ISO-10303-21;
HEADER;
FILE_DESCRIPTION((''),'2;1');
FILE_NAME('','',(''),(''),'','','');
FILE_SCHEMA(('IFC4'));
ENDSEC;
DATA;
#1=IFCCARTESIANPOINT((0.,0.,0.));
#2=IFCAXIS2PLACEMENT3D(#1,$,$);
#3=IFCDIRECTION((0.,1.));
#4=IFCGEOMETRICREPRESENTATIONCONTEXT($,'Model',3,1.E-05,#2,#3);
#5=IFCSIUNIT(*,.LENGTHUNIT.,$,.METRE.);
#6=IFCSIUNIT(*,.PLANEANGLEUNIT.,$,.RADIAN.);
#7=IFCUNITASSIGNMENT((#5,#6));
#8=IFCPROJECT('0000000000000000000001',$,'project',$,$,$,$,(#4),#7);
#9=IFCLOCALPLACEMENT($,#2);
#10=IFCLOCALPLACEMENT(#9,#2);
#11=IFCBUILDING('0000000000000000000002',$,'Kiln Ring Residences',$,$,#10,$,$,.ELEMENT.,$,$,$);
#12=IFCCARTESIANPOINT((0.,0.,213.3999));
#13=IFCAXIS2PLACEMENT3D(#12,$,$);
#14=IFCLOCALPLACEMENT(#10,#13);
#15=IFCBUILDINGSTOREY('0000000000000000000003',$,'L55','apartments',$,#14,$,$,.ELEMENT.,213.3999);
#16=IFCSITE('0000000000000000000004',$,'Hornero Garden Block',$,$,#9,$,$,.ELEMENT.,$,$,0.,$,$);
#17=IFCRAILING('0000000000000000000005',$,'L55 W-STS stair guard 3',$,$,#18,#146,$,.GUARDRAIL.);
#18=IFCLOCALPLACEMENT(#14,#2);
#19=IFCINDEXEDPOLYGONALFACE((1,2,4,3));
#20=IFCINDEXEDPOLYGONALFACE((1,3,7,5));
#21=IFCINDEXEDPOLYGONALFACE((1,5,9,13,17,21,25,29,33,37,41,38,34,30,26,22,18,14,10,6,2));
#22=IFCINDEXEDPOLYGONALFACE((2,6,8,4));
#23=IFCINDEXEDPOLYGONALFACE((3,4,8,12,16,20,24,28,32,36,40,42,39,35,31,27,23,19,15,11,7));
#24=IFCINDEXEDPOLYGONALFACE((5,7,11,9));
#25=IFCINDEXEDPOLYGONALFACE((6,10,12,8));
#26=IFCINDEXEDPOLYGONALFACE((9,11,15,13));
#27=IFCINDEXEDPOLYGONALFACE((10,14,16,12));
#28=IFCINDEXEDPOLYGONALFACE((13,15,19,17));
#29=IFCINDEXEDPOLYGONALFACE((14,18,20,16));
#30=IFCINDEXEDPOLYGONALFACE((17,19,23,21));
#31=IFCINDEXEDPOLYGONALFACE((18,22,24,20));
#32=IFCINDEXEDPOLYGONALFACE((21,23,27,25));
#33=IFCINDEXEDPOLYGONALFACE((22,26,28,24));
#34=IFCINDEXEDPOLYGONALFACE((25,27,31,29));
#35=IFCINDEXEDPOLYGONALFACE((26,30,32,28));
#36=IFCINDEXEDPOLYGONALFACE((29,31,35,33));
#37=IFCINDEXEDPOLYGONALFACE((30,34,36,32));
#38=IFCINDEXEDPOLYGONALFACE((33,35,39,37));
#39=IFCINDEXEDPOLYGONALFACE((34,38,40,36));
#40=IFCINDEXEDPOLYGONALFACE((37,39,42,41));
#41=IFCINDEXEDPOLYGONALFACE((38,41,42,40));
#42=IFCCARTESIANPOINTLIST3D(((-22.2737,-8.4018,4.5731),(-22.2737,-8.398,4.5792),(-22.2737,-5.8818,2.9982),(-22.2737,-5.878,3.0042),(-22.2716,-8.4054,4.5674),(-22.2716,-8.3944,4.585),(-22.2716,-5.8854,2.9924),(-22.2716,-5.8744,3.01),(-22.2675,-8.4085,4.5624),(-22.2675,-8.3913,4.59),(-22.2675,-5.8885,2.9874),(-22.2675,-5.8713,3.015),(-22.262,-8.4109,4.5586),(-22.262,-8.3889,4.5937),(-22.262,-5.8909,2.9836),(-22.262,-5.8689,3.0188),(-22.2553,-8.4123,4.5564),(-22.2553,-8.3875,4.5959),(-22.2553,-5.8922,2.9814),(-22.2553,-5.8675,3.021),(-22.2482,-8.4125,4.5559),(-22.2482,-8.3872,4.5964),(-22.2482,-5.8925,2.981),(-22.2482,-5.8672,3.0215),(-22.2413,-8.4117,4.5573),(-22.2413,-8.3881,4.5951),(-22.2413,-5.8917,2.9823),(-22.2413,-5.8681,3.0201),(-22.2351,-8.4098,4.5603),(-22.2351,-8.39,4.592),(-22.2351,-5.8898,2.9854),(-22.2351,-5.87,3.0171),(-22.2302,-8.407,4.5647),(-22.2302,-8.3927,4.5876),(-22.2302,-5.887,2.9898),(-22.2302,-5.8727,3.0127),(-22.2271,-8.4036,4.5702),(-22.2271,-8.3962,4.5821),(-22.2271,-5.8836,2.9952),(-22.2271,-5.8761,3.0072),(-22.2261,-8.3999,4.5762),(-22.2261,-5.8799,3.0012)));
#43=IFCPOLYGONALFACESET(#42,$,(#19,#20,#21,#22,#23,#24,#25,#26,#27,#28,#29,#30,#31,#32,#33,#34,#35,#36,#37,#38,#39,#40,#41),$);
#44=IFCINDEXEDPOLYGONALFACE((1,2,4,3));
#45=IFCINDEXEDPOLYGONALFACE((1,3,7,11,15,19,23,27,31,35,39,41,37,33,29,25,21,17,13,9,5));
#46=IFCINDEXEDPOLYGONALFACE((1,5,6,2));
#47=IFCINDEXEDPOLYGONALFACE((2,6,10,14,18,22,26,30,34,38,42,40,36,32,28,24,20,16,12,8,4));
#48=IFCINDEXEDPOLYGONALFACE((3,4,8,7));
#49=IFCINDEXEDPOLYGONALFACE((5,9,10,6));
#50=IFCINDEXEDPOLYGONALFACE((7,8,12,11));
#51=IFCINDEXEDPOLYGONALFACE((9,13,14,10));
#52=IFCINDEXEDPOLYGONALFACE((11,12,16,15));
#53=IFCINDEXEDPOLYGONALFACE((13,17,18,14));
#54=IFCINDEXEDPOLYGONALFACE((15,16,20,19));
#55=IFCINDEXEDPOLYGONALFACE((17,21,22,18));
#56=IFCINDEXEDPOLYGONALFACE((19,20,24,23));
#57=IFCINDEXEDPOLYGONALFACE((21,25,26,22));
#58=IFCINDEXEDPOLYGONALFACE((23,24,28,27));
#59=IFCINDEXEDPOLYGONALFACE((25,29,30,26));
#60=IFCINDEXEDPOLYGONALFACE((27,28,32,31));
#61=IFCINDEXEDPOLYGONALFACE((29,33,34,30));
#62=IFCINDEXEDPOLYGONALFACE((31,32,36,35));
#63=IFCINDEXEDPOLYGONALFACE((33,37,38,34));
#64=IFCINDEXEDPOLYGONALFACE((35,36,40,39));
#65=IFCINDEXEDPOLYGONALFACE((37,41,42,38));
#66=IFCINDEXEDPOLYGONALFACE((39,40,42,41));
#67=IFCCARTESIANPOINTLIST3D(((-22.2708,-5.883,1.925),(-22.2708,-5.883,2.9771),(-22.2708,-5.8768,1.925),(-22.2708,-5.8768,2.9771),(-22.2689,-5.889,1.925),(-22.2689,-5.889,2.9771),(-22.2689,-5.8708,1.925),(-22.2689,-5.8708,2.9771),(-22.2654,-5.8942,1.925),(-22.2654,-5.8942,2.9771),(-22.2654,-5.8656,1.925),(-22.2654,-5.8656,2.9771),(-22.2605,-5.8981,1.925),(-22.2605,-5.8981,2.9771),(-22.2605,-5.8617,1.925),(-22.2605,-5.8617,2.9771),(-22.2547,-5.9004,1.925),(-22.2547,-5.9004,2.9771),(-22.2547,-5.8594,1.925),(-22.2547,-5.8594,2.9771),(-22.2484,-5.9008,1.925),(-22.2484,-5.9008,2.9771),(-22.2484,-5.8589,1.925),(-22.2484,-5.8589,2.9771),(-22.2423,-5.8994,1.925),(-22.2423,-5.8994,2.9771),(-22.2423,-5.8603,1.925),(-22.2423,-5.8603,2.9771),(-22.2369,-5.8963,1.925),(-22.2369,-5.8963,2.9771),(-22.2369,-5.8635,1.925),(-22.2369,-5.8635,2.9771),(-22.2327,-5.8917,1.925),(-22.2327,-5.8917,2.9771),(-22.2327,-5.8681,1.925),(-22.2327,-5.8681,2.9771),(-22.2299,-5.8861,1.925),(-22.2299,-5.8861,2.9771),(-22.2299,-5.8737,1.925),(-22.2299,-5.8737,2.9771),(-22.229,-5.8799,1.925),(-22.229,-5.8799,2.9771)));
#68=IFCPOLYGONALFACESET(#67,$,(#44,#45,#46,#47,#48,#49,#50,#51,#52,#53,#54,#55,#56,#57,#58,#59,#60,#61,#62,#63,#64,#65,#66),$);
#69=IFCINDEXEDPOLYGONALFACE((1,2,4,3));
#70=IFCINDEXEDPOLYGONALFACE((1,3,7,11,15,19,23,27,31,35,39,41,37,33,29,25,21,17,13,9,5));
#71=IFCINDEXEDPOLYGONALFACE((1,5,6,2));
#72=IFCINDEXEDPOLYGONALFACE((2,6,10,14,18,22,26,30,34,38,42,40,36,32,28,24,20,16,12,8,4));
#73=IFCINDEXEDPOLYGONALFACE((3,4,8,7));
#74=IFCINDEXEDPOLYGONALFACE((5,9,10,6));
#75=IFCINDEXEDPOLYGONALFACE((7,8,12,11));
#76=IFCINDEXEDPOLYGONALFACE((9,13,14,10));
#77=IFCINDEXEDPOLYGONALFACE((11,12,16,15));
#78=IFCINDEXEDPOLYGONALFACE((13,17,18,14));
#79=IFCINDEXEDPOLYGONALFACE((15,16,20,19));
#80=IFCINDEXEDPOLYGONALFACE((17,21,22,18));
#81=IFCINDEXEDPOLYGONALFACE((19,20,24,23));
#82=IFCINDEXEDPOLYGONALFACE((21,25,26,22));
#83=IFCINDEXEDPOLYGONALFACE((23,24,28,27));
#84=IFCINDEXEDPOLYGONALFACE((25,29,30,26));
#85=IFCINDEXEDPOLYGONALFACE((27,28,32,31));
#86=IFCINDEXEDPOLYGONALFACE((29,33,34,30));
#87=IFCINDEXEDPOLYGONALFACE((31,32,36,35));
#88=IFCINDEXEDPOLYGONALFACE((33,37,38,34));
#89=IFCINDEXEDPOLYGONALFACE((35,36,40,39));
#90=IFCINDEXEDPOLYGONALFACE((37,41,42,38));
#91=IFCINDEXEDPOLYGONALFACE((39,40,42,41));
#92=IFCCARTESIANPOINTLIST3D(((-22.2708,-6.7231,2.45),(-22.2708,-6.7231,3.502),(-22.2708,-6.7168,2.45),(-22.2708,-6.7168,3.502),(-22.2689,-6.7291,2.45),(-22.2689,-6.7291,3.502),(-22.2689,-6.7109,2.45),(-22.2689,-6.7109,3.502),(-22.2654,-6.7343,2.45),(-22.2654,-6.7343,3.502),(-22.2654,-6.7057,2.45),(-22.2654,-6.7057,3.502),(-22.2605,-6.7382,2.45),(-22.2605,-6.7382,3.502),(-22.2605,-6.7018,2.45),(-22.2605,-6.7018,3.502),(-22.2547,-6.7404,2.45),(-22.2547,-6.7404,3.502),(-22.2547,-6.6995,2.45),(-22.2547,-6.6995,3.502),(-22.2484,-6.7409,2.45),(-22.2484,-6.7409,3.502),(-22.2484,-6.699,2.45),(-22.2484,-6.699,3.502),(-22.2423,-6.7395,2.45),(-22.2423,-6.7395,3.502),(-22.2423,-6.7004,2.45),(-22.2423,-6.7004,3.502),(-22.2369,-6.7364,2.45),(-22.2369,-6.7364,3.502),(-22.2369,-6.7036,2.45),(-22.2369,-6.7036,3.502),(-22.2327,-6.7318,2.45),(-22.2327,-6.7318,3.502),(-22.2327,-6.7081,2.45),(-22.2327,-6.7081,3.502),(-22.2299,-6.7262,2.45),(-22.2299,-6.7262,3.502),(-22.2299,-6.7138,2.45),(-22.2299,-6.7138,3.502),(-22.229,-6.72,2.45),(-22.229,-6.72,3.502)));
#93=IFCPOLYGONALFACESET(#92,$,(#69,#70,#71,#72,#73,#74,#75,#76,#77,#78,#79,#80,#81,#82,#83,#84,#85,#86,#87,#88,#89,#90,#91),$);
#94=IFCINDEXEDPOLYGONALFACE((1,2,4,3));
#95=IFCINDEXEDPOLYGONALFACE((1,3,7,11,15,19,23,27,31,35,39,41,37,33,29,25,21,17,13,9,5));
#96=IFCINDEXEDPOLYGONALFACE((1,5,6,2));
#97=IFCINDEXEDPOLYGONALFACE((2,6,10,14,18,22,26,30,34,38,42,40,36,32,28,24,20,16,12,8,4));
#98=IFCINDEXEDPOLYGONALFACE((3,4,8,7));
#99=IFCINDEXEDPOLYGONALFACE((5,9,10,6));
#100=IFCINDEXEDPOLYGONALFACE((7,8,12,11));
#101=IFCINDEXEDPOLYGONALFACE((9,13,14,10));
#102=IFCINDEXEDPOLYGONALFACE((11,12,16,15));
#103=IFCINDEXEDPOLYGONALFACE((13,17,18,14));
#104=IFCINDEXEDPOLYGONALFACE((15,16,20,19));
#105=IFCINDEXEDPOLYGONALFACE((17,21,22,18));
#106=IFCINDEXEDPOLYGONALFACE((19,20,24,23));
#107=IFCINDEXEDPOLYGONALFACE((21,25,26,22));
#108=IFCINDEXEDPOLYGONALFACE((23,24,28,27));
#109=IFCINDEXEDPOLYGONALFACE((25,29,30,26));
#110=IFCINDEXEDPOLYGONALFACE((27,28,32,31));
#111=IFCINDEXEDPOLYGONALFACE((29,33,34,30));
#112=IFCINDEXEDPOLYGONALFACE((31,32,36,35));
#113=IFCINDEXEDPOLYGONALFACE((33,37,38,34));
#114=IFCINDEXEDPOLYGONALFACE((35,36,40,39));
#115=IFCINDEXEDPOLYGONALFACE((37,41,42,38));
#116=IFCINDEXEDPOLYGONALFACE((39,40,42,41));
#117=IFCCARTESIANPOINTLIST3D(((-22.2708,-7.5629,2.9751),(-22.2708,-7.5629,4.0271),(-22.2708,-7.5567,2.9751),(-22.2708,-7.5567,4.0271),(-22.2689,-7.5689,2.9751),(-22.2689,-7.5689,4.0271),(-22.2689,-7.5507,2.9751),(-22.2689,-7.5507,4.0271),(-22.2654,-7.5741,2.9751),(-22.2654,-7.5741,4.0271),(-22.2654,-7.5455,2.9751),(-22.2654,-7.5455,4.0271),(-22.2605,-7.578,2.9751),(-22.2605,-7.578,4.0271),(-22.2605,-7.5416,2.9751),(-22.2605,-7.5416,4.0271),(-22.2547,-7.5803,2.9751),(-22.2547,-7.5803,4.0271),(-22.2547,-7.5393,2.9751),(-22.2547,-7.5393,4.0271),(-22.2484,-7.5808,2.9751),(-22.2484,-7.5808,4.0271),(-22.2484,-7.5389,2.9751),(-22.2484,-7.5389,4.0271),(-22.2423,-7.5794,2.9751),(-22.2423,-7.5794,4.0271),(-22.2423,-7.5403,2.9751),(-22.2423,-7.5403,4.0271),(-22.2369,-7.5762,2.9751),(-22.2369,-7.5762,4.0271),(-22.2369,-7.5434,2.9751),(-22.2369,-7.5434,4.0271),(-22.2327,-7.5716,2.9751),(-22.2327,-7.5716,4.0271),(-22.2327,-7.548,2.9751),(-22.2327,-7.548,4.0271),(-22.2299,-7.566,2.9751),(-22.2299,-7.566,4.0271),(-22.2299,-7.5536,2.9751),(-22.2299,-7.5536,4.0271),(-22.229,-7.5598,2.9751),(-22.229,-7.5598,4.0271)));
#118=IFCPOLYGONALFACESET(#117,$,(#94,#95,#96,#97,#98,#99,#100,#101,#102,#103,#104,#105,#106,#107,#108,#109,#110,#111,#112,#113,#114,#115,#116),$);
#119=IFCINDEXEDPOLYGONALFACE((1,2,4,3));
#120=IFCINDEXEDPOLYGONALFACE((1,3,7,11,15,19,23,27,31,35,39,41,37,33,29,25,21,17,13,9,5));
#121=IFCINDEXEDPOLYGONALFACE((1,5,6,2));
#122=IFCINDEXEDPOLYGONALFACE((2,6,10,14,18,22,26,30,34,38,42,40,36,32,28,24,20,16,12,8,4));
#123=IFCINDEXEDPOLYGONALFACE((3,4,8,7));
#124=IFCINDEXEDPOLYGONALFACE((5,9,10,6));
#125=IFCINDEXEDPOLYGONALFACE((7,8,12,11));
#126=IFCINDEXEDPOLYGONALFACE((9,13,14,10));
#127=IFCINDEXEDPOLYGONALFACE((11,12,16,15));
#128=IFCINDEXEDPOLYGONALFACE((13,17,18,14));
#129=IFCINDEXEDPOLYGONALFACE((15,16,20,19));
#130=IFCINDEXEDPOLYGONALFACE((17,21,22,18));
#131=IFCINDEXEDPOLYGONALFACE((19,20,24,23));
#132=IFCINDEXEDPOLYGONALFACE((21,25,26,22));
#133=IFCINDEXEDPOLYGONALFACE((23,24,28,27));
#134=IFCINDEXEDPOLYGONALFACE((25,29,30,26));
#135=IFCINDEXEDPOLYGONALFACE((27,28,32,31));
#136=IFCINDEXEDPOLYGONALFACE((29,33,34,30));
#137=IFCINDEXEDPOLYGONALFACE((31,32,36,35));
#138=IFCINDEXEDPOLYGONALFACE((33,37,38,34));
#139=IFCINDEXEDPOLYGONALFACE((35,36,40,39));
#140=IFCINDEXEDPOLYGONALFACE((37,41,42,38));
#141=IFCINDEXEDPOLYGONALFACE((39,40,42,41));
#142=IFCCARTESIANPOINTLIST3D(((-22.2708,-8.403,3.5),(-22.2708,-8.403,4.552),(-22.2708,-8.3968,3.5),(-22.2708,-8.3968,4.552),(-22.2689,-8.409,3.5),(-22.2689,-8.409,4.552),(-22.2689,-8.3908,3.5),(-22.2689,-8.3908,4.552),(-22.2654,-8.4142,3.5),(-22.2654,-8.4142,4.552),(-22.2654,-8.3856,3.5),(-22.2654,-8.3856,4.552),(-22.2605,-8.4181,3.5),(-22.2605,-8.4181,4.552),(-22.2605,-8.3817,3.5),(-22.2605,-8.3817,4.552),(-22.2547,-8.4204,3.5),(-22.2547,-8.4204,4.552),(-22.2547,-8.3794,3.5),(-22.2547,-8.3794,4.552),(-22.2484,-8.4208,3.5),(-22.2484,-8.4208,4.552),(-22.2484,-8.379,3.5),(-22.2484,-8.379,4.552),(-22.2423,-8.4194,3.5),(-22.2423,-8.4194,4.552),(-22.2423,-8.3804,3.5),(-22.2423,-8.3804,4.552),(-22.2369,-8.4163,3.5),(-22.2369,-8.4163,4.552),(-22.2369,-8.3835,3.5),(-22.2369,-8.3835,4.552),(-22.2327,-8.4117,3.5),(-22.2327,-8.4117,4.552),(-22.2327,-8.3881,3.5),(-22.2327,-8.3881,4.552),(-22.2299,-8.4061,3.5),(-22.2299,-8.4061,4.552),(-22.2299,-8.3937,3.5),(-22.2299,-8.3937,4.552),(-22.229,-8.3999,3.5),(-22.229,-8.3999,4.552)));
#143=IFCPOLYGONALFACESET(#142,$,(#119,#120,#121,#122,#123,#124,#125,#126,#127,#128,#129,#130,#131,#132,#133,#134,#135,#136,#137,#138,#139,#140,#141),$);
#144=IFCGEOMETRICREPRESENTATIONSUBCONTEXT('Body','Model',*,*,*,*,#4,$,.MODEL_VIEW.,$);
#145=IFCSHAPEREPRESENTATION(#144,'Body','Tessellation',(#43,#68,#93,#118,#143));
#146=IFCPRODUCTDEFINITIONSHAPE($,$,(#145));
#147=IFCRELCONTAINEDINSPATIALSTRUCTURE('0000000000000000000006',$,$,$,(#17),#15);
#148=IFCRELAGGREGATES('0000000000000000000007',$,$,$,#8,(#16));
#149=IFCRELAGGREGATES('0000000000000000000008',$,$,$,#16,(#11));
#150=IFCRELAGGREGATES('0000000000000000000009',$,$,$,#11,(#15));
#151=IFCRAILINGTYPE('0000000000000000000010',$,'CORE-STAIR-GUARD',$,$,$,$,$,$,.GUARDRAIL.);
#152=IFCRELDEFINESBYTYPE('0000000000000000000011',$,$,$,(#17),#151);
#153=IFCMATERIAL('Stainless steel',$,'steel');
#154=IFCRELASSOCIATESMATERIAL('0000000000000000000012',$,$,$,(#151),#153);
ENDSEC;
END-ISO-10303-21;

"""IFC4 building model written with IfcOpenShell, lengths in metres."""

from ifc_helpers import new_model, si_unit, direction, frame, origin, origin_2d, place, context, subcontext, project, spatial, circle, extrude, material, type_object, element, save


model = new_model("IFC4")

# Units and contexts
model_context = context("Model", 3, precision=1e-05, world=origin(), true_north=direction((0.0, 1.0)))
body_context = subcontext(model_context, "Body", "Model", "MODEL_VIEW")
ifc_project = project(units=[si_unit("LENGTHUNIT", "METRE"), si_unit("PLANEANGLEUNIT", "RADIAN")], contexts=[model_context])

# Site, building, storey
site_placement = place(None, origin())
site = spatial("IfcSite", under=ifc_project, at=site_placement, Name="Hornero Garden Block", CompositionType="ELEMENT", RefElevation=0.0)
building_placement = place(site_placement, origin())
building = spatial("IfcBuilding", under=site, at=building_placement, Name="Kiln Ring Residences", CompositionType="ELEMENT")
storey_placement = place(building_placement, frame((0.0, 0.0, 213.3999)))
storey = spatial("IfcBuildingStorey", under=building, at=storey_placement, Name="L55", Description="apartments", CompositionType="ELEMENT", Elevation=213.3999)

# Railing
ifc_material_1 = material(Name="Stainless steel", Category="steel")
railing_type_1 = type_object("IfcRailingType", Name="CORE-STAIR-GUARD", PredefinedType="GUARDRAIL", material=ifc_material_1)
railing_1_placement = place(storey_placement, frame((-22.25, -5.8799, 1.925)))
element("IfcRailing", 1, at=railing_1_placement, inside=storey, type_object=railing_type_1, Name="L55 W-STS stair guard 3", PredefinedType="GUARDRAIL", context=body_context, shape_type="SweptSolid", body=[
    extrude(circle(Radius=0.0239, at=origin_2d()), frame((0.0, 0.0, 1.0762), z_axis=(0.0, -0.848008, 0.529984), x_axis=(1.0, 0.0, 0.0)), (0.0, 0.0, 1.0), 2.9717),
    extrude(circle(Radius=0.021, at=origin_2d()), origin(), (0.0, 0.0, 1.0), 1.052),
    extrude(circle(Radius=0.021, at=origin_2d()), frame((0.0, -0.8401, 0.5249)), (0.0, 0.0, 1.0), 1.052),
    extrude(circle(Radius=0.021, at=origin_2d()), frame((0.0, -1.6799, 1.05)), (0.0, 0.0, 1.0), 1.052),
    extrude(circle(Radius=0.021, at=origin_2d()), frame((0.0, -2.52, 1.575)), (0.0, 0.0, 1.0), 1.052),
])

save(model, "model.ifc")
